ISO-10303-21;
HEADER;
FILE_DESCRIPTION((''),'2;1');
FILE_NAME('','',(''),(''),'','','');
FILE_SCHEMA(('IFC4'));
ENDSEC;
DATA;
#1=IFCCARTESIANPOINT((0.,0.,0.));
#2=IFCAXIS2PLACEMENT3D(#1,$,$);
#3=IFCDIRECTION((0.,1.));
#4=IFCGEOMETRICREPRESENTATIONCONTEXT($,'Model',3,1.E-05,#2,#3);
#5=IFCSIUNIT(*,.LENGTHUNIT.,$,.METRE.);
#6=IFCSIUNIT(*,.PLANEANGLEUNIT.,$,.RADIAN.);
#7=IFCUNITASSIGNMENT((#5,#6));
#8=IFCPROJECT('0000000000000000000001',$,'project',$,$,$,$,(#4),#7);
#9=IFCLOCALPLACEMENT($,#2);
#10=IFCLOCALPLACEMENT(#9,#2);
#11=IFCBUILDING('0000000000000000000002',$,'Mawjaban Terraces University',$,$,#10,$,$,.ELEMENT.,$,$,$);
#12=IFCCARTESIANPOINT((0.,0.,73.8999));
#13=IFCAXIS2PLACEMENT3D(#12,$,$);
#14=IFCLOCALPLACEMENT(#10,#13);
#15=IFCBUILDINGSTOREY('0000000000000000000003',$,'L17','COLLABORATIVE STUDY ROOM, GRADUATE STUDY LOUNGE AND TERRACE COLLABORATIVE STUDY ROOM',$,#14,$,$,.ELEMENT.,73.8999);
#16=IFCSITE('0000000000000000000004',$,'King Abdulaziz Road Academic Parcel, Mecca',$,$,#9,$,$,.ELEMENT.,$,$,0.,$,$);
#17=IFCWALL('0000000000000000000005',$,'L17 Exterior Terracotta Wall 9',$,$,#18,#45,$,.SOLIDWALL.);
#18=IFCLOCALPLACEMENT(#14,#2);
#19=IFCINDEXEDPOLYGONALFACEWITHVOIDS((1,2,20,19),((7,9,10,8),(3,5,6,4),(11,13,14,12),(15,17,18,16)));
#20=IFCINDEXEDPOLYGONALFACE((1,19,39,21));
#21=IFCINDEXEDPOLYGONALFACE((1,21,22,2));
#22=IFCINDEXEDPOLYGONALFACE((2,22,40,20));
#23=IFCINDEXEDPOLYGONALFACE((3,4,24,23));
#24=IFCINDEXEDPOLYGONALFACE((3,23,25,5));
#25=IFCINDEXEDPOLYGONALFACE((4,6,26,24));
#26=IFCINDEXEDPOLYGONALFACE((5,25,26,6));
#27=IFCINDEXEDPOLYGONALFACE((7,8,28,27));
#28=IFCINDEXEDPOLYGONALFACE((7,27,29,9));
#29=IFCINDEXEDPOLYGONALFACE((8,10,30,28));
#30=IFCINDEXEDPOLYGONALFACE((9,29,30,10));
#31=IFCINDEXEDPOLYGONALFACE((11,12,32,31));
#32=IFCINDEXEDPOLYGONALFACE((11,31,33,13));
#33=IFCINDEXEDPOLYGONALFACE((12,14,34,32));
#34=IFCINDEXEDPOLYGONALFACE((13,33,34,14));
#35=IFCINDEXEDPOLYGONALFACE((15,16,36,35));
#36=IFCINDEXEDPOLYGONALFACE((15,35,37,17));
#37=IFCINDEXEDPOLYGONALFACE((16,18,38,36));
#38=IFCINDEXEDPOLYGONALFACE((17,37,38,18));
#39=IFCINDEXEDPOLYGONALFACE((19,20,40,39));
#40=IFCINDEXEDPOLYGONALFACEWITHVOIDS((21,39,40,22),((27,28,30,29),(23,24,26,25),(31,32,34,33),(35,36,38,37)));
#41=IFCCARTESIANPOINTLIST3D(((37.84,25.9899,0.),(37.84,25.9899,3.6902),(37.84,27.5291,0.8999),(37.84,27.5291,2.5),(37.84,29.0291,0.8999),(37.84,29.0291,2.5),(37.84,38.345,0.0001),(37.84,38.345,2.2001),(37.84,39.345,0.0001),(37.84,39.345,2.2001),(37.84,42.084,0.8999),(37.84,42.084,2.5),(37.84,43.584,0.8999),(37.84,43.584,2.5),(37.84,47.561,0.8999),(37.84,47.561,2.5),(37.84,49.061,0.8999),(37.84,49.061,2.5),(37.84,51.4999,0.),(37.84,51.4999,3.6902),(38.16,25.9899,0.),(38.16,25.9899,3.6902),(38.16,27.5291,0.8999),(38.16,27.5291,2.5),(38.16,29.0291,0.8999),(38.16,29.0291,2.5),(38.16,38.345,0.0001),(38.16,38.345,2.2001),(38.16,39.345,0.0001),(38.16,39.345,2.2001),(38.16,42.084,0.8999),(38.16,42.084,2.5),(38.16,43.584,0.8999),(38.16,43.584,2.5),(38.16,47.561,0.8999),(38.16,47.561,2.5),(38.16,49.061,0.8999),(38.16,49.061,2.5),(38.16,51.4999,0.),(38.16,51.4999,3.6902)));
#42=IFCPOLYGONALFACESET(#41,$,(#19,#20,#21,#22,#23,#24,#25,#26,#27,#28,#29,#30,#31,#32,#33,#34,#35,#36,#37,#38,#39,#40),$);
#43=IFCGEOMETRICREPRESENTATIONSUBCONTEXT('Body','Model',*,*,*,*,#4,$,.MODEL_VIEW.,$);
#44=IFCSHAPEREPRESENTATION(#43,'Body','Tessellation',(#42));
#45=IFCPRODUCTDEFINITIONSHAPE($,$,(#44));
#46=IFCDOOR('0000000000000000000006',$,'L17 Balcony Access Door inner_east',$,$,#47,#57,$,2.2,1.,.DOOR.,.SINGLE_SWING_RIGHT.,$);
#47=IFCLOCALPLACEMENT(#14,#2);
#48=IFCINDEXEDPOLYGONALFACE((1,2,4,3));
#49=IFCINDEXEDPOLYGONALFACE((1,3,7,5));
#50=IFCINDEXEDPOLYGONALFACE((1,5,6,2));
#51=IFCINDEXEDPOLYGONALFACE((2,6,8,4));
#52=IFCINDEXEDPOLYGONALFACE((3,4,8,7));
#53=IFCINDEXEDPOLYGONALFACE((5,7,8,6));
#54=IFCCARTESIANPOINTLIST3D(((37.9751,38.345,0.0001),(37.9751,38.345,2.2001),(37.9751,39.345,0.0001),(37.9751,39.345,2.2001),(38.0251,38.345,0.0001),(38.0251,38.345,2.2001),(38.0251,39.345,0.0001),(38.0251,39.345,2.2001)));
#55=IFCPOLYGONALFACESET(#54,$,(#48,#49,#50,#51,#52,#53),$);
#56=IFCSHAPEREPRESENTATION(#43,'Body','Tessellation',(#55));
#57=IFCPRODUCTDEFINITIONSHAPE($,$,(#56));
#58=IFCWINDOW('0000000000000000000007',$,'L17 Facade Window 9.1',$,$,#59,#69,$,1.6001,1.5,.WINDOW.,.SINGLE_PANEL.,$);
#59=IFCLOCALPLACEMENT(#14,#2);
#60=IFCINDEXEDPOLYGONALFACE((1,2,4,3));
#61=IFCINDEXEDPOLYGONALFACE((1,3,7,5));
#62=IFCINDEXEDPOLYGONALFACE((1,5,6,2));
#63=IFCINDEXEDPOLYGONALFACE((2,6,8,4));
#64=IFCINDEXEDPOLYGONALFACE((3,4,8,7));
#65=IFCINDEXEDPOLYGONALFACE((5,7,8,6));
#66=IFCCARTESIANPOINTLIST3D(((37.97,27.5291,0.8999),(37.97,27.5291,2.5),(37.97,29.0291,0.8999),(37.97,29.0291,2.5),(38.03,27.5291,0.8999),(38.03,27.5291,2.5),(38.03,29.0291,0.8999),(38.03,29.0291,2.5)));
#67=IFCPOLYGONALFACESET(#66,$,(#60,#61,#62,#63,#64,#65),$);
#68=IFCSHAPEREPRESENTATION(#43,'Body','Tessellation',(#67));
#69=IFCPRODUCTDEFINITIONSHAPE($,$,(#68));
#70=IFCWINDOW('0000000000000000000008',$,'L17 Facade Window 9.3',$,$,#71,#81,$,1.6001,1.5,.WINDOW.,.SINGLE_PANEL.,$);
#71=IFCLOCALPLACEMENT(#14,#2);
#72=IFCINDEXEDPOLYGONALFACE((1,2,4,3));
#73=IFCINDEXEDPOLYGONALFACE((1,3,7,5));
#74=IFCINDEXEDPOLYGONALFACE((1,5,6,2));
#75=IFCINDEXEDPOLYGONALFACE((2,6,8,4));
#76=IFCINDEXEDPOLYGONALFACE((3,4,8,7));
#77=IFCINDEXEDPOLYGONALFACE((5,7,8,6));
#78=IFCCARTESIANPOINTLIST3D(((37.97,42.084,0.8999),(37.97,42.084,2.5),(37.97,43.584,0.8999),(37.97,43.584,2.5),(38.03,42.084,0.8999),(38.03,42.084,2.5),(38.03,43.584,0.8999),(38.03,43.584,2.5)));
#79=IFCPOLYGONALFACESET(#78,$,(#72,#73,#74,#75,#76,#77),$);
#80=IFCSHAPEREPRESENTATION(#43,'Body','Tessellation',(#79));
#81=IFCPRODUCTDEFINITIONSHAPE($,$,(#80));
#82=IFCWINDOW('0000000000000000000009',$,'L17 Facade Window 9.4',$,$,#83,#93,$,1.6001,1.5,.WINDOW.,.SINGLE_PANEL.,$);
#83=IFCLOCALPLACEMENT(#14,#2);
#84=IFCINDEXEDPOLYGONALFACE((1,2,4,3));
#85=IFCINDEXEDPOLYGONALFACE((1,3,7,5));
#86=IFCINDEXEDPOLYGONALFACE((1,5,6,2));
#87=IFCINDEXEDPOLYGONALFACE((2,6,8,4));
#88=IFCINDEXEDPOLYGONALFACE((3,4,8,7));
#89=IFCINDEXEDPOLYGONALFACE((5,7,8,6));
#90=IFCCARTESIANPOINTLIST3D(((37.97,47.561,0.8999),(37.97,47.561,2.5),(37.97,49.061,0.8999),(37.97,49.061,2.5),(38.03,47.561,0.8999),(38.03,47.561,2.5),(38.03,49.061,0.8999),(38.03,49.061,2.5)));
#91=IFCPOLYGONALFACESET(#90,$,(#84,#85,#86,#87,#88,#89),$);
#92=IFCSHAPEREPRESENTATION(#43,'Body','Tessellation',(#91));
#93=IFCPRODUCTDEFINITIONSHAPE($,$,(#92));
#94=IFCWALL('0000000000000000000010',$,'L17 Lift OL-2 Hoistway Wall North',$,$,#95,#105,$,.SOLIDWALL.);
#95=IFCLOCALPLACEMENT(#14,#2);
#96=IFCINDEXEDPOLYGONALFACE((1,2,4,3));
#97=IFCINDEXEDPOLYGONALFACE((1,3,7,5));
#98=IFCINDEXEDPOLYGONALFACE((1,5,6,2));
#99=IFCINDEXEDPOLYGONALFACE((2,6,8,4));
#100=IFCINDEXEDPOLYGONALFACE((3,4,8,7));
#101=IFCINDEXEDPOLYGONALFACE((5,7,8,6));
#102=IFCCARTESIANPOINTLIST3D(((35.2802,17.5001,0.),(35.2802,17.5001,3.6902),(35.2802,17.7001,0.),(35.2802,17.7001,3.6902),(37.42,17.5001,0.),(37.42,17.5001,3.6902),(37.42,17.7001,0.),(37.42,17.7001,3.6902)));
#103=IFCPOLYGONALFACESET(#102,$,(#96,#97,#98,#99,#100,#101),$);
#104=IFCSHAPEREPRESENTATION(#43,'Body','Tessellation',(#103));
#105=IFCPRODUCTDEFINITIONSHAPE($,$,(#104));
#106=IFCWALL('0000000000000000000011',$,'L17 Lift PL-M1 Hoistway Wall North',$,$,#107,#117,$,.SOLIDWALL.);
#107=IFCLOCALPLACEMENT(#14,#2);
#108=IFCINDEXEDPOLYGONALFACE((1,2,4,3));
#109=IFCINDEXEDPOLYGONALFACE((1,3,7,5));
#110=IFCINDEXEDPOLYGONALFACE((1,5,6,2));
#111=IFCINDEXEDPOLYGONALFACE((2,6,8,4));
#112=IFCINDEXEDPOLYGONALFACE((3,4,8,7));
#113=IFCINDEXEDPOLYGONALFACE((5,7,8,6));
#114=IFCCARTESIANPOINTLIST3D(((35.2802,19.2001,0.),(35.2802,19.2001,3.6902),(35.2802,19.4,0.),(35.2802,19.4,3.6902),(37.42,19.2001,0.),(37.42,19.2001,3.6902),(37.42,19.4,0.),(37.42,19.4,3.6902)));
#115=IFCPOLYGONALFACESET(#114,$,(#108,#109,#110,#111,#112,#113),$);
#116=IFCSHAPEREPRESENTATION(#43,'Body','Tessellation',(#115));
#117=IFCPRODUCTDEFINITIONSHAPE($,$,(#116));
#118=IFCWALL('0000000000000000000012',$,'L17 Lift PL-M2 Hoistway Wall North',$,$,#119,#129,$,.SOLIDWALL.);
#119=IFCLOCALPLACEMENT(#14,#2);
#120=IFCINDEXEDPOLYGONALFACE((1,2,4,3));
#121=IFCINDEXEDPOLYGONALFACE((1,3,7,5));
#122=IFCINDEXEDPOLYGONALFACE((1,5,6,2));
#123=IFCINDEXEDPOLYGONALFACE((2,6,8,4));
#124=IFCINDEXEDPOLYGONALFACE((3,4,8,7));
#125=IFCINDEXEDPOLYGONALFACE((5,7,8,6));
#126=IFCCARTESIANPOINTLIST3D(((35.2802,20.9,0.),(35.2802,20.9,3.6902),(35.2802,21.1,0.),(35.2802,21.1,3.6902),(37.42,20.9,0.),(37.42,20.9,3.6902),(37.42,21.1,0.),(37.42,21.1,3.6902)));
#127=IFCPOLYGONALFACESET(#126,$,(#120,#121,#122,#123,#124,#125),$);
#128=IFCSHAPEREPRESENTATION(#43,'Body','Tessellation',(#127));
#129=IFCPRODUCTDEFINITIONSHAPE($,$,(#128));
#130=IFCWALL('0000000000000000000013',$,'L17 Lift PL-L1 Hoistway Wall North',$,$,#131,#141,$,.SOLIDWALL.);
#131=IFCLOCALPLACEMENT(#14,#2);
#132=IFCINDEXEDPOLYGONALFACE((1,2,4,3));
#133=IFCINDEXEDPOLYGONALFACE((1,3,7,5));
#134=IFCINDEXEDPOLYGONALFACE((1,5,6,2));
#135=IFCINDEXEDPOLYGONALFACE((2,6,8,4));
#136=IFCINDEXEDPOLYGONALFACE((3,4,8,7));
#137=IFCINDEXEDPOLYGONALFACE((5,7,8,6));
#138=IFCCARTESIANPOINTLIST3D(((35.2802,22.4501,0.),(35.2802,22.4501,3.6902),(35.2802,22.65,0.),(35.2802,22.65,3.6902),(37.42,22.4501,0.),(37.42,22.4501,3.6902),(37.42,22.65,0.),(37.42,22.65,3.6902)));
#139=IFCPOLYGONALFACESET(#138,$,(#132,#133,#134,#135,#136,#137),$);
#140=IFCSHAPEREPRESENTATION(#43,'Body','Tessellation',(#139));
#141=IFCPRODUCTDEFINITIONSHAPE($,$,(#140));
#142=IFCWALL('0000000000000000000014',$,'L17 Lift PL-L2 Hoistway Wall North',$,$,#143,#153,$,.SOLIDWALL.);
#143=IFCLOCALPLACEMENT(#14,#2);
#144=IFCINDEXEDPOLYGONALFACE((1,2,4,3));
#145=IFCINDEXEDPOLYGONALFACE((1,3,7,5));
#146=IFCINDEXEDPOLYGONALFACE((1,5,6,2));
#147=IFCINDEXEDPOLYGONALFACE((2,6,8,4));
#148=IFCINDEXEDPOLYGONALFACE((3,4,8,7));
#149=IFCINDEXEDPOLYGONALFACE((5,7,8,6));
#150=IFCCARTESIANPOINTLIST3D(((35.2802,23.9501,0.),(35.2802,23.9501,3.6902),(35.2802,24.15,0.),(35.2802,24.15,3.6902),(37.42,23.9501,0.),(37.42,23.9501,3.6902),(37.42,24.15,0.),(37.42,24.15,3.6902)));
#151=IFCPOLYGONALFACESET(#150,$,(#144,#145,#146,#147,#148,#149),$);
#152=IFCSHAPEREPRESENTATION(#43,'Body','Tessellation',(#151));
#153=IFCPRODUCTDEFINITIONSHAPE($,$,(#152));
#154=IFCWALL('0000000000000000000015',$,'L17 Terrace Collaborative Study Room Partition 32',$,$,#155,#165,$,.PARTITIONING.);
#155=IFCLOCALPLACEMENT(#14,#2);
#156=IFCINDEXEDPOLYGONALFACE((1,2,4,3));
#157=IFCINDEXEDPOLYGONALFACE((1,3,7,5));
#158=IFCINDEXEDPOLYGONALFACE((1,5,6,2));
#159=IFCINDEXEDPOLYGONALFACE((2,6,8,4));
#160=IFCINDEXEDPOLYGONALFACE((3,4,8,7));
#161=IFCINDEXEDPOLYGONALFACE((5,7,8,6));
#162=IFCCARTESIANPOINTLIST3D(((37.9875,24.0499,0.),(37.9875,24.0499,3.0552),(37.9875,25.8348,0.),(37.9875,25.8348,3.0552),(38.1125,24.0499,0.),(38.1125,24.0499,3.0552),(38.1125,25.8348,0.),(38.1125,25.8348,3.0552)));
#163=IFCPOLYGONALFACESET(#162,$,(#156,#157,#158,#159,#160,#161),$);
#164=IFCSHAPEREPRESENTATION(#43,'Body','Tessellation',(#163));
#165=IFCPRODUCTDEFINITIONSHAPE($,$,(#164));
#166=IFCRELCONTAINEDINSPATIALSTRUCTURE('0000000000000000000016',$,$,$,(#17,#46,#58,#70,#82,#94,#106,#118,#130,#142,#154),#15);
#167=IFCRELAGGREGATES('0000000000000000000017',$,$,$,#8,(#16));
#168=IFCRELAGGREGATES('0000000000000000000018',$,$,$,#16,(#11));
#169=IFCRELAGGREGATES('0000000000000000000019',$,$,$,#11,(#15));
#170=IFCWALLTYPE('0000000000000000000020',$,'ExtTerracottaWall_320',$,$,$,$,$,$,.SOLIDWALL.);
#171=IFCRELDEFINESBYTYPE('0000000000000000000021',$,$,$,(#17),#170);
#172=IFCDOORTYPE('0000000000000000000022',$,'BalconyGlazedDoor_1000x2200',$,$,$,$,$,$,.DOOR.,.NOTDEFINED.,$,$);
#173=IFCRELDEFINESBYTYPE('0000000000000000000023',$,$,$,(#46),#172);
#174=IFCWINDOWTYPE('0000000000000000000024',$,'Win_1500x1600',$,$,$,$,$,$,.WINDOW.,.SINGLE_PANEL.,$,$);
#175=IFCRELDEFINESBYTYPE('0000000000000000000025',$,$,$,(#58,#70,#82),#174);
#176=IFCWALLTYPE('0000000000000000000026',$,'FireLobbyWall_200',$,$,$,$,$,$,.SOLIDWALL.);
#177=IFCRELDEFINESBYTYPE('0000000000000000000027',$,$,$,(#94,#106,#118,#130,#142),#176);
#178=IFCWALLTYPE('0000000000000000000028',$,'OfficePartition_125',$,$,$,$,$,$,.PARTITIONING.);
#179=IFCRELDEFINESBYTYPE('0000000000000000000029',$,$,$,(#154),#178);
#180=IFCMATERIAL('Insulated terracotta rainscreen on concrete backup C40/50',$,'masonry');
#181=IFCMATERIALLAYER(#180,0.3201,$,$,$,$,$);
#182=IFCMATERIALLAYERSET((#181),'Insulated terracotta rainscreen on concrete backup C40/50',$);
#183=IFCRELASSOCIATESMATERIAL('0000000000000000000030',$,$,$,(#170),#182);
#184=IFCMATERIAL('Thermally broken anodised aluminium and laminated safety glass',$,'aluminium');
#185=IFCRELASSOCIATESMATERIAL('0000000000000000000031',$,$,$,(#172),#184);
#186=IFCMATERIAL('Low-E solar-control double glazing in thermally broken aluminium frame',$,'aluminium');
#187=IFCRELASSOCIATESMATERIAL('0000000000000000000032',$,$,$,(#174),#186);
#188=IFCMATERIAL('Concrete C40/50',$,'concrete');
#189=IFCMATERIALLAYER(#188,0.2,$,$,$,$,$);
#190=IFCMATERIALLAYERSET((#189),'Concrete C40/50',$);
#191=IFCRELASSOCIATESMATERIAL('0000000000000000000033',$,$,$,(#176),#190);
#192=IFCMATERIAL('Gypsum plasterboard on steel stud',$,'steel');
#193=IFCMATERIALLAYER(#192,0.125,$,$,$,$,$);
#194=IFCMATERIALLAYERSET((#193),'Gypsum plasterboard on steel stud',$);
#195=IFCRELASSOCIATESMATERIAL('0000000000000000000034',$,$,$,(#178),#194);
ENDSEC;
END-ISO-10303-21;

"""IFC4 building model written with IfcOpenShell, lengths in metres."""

from ifc_helpers import new_model, si_unit, direction, frame, frame_2d, origin, place, context, subcontext, project, spatial, rectangle, extrude, material, layer, layer_set, type_object, element, fill, save


model = new_model("IFC4")

# Units and contexts
model_context = context("Model", 3, precision=1e-05, world=origin(), true_north=direction((0.0, 1.0)))
body_context = subcontext(model_context, "Body", "Model", "MODEL_VIEW")
ifc_project = project(units=[si_unit("LENGTHUNIT", "METRE"), si_unit("PLANEANGLEUNIT", "RADIAN")], contexts=[model_context])

# Site, building, storey
site_placement = place(None, origin())
site = spatial("IfcSite", under=ifc_project, at=site_placement, Name="King Abdulaziz Road Academic Parcel, Mecca", CompositionType="ELEMENT", RefElevation=0.0)
building_placement = place(site_placement, origin())
building = spatial("IfcBuilding", under=site, at=building_placement, Name="Mawjaban Terraces University", CompositionType="ELEMENT")
storey_placement = place(building_placement, frame((0.0, 0.0, 73.8999)))
storey = spatial("IfcBuildingStorey", under=building, at=storey_placement, Name="L17", Description="COLLABORATIVE STUDY ROOM, GRADUATE STUDY LOUNGE AND TERRACE COLLABORATIVE STUDY ROOM", CompositionType="ELEMENT", Elevation=73.8999)

# Shared definitions
ifc_material_1 = material(Name="Insulated terracotta rainscreen on concrete backup C40/50", Category="masonry")
ifc_layer_1 = layer(ifc_material_1, 0.3201)
ifc_layer_set_1 = layer_set([ifc_layer_1], Name="Insulated terracotta rainscreen on concrete backup C40/50")
wall_type_1 = type_object("IfcWallType", Name="ExtTerracottaWall_320", PredefinedType="SOLIDWALL", material=ifc_layer_set_1)

# Wall, openings, door, windows
wall_1_placement = place(storey_placement, frame((38.0, 25.99, 0.0), z_axis=(0.0, 0.0, 1.0), x_axis=(0.0, 1.0, 0.0)))
wall_1 = element("IfcWall", 1, at=wall_1_placement, inside=storey, type_object=wall_type_1, Name="L17 Exterior Terracotta Wall 9", PredefinedType="SOLIDWALL", context=body_context, shape_type="SweptSolid", body=[
    extrude(rectangle(XDim=25.51, YDim=0.3201, at=frame_2d((12.7549, 0.0))), origin(), (0.0, 0.0, 1.0), 3.6902),
])
opening_1_placement = place(wall_1_placement, frame((12.355, 0.0, 0.0)))
opening_1 = element("IfcOpeningElement", 2, at=opening_1_placement, cuts=wall_1, PredefinedType="OPENING", context=body_context, shape_type="SweptSolid", body=[
    extrude(rectangle(XDim=1.0, YDim=2.2, at=frame_2d((0.5, 1.1001))), frame((0.0, 0.1699, 0.0), z_axis=(0.0, -1.0, 0.0), x_axis=(1.0, 0.0, 0.0)), (0.0, 0.0, 1.0), 0.3401),
])
opening_2_placement = place(wall_1_placement, frame((1.5391, 0.0, 0.8999)))
opening_2 = element("IfcOpeningElement", 3, at=opening_2_placement, cuts=wall_1, PredefinedType="OPENING", context=body_context, shape_type="SweptSolid", body=[
    extrude(rectangle(XDim=1.5, YDim=1.6001, at=frame_2d((0.75, 0.8))), frame((0.0, 0.1699, 0.0), z_axis=(0.0, -1.0, 0.0), x_axis=(1.0, 0.0, 0.0)), (0.0, 0.0, 1.0), 0.3401),
])
opening_3_placement = place(wall_1_placement, frame((16.094, 0.0, 0.8999)))
opening_3 = element("IfcOpeningElement", 4, at=opening_3_placement, cuts=wall_1, PredefinedType="OPENING", context=body_context, shape_type="SweptSolid", body=[
    extrude(rectangle(XDim=1.5, YDim=1.6001, at=frame_2d((0.75, 0.8))), frame((0.0, 0.1699, 0.0), z_axis=(0.0, -1.0, 0.0), x_axis=(1.0, 0.0, 0.0)), (0.0, 0.0, 1.0), 0.3401),
])
opening_4_placement = place(wall_1_placement, frame((21.571, 0.0, 0.8999)))
opening_4 = element("IfcOpeningElement", 5, at=opening_4_placement, cuts=wall_1, PredefinedType="OPENING", context=body_context, shape_type="SweptSolid", body=[
    extrude(rectangle(XDim=1.5, YDim=1.6001, at=frame_2d((0.75, 0.8))), frame((0.0, 0.1699, 0.0), z_axis=(0.0, -1.0, 0.0), x_axis=(1.0, 0.0, 0.0)), (0.0, 0.0, 1.0), 0.3401),
])
ifc_material_2 = material(Name="Thermally broken anodised aluminium and laminated safety glass", Category="aluminium")
door_type = type_object("IfcDoorType", Name="BalconyGlazedDoor_1000x2200", OperationType="NOTDEFINED", PredefinedType="DOOR", material=ifc_material_2)
door_placement = place(opening_1_placement, origin())
door = element("IfcDoor", 6, at=door_placement, inside=storey, type_object=door_type, Name="L17 Balcony Access Door inner_east", OperationType="SINGLE_SWING_RIGHT", OverallHeight=2.2, OverallWidth=1.0, PredefinedType="DOOR", context=body_context, shape_type="SweptSolid", body=[
    extrude(rectangle(XDim=1.0, YDim=2.2, at=frame_2d((0.5, 1.1001))), frame((0.0, 0.0249, 0.0), z_axis=(0.0, -1.0, 0.0), x_axis=(1.0, 0.0, 0.0)), (0.0, 0.0, 1.0), 0.05),
])
fill(opening_1, door)
ifc_material_3 = material(Name="Low-E solar-control double glazing in thermally broken aluminium frame", Category="aluminium")
window_type = type_object("IfcWindowType", Name="Win_1500x1600", PartitioningType="SINGLE_PANEL", PredefinedType="WINDOW", material=ifc_material_3)
window_1_placement = place(opening_2_placement, origin())
window_1 = element("IfcWindow", 7, at=window_1_placement, inside=storey, type_object=window_type, Name="L17 Facade Window 9.1", OverallHeight=1.6001, OverallWidth=1.5, PartitioningType="SINGLE_PANEL", PredefinedType="WINDOW", context=body_context, shape_type="SweptSolid", body=[
    extrude(rectangle(XDim=1.5, YDim=1.6001, at=frame_2d((0.75, 0.8))), frame((0.0, 0.03, 0.0), z_axis=(0.0, -1.0, 0.0), x_axis=(1.0, 0.0, 0.0)), (0.0, 0.0, 1.0), 0.0601),
])
fill(opening_2, window_1)
window_2_placement = place(opening_3_placement, origin())
window_2 = element("IfcWindow", 8, at=window_2_placement, inside=storey, type_object=window_type, Name="L17 Facade Window 9.3", OverallHeight=1.6001, OverallWidth=1.5, PartitioningType="SINGLE_PANEL", PredefinedType="WINDOW", context=body_context, shape_type="SweptSolid", body=[
    extrude(rectangle(XDim=1.5, YDim=1.6001, at=frame_2d((0.75, 0.8))), frame((0.0, 0.03, 0.0), z_axis=(0.0, -1.0, 0.0), x_axis=(1.0, 0.0, 0.0)), (0.0, 0.0, 1.0), 0.0601),
])
fill(opening_3, window_2)
window_3_placement = place(opening_4_placement, origin())
window_3 = element("IfcWindow", 9, at=window_3_placement, inside=storey, type_object=window_type, Name="L17 Facade Window 9.4", OverallHeight=1.6001, OverallWidth=1.5, PartitioningType="SINGLE_PANEL", PredefinedType="WINDOW", context=body_context, shape_type="SweptSolid", body=[
    extrude(rectangle(XDim=1.5, YDim=1.6001, at=frame_2d((0.75, 0.8))), frame((0.0, 0.03, 0.0), z_axis=(0.0, -1.0, 0.0), x_axis=(1.0, 0.0, 0.0)), (0.0, 0.0, 1.0), 0.0601),
])
fill(opening_4, window_3)

# Walls
ifc_material_4 = material(Name="Concrete C40/50", Category="concrete")
ifc_layer_2 = layer(ifc_material_4, 0.2)
ifc_layer_set_2 = layer_set([ifc_layer_2], Name="Concrete C40/50")
wall_type_2 = type_object("IfcWallType", Name="FireLobbyWall_200", PredefinedType="SOLIDWALL", material=ifc_layer_set_2)
for number, where, z_axis, x_axis, name in (
    (10, (37.4199, 17.6001, 0.0), (0.0, 0.0, 1.0), (-1.0, 0.0, 0.0), "L17 Lift OL-2 Hoistway Wall North"),
    (11, (37.4199, 19.3, 0.0), (0.0, 0.0, 1.0), (-1.0, 0.0, 0.0), "L17 Lift PL-M1 Hoistway Wall North"),
    (12, (37.4199, 21.0, 0.0), (0.0, 0.0, 1.0), (-1.0, 0.0, 0.0), "L17 Lift PL-M2 Hoistway Wall North"),
    (13, (37.4199, 22.55, 0.0), (0.0, 0.0, 1.0), (-1.0, 0.0, 0.0), "L17 Lift PL-L1 Hoistway Wall North"),
    (14, (37.4199, 24.05, 0.0), (0.0, 0.0, 1.0), (-1.0, 0.0, 0.0), "L17 Lift PL-L2 Hoistway Wall North"),
):
    element("IfcWall", number, at=place(storey_placement, frame(where, z_axis=z_axis, x_axis=x_axis)), inside=storey, type_object=wall_type_2, Name=name, PredefinedType="SOLIDWALL", context=body_context, shape_type="SweptSolid", body=[
        extrude(rectangle(XDim=2.1399, YDim=0.2, at=frame_2d((1.0698, 0.0))), origin(), (0.0, 0.0, 1.0), 3.6902),
    ])
ifc_material_5 = material(Name="Gypsum plasterboard on steel stud", Category="steel")
ifc_layer_3 = layer(ifc_material_5, 0.125)
ifc_layer_set_3 = layer_set([ifc_layer_3], Name="Gypsum plasterboard on steel stud")
wall_type_3 = type_object("IfcWallType", Name="OfficePartition_125", PredefinedType="PARTITIONING", material=ifc_layer_set_3)
wall_2_placement = place(storey_placement, frame((38.05, 25.835, 0.0), z_axis=(0.0, 0.0, 1.0), x_axis=(0.0, -1.0, 0.0)))
element("IfcWall", 15, at=wall_2_placement, inside=storey, type_object=wall_type_3, Name="L17 Terrace Collaborative Study Room Partition 32", PredefinedType="PARTITIONING", context=body_context, shape_type="SweptSolid", body=[
    extrude(rectangle(XDim=1.7849, YDim=0.125, at=frame_2d((0.8926, 0.0))), origin(), (0.0, 0.0, 1.0), 3.0552),
])

save(model, "model.ifc")
